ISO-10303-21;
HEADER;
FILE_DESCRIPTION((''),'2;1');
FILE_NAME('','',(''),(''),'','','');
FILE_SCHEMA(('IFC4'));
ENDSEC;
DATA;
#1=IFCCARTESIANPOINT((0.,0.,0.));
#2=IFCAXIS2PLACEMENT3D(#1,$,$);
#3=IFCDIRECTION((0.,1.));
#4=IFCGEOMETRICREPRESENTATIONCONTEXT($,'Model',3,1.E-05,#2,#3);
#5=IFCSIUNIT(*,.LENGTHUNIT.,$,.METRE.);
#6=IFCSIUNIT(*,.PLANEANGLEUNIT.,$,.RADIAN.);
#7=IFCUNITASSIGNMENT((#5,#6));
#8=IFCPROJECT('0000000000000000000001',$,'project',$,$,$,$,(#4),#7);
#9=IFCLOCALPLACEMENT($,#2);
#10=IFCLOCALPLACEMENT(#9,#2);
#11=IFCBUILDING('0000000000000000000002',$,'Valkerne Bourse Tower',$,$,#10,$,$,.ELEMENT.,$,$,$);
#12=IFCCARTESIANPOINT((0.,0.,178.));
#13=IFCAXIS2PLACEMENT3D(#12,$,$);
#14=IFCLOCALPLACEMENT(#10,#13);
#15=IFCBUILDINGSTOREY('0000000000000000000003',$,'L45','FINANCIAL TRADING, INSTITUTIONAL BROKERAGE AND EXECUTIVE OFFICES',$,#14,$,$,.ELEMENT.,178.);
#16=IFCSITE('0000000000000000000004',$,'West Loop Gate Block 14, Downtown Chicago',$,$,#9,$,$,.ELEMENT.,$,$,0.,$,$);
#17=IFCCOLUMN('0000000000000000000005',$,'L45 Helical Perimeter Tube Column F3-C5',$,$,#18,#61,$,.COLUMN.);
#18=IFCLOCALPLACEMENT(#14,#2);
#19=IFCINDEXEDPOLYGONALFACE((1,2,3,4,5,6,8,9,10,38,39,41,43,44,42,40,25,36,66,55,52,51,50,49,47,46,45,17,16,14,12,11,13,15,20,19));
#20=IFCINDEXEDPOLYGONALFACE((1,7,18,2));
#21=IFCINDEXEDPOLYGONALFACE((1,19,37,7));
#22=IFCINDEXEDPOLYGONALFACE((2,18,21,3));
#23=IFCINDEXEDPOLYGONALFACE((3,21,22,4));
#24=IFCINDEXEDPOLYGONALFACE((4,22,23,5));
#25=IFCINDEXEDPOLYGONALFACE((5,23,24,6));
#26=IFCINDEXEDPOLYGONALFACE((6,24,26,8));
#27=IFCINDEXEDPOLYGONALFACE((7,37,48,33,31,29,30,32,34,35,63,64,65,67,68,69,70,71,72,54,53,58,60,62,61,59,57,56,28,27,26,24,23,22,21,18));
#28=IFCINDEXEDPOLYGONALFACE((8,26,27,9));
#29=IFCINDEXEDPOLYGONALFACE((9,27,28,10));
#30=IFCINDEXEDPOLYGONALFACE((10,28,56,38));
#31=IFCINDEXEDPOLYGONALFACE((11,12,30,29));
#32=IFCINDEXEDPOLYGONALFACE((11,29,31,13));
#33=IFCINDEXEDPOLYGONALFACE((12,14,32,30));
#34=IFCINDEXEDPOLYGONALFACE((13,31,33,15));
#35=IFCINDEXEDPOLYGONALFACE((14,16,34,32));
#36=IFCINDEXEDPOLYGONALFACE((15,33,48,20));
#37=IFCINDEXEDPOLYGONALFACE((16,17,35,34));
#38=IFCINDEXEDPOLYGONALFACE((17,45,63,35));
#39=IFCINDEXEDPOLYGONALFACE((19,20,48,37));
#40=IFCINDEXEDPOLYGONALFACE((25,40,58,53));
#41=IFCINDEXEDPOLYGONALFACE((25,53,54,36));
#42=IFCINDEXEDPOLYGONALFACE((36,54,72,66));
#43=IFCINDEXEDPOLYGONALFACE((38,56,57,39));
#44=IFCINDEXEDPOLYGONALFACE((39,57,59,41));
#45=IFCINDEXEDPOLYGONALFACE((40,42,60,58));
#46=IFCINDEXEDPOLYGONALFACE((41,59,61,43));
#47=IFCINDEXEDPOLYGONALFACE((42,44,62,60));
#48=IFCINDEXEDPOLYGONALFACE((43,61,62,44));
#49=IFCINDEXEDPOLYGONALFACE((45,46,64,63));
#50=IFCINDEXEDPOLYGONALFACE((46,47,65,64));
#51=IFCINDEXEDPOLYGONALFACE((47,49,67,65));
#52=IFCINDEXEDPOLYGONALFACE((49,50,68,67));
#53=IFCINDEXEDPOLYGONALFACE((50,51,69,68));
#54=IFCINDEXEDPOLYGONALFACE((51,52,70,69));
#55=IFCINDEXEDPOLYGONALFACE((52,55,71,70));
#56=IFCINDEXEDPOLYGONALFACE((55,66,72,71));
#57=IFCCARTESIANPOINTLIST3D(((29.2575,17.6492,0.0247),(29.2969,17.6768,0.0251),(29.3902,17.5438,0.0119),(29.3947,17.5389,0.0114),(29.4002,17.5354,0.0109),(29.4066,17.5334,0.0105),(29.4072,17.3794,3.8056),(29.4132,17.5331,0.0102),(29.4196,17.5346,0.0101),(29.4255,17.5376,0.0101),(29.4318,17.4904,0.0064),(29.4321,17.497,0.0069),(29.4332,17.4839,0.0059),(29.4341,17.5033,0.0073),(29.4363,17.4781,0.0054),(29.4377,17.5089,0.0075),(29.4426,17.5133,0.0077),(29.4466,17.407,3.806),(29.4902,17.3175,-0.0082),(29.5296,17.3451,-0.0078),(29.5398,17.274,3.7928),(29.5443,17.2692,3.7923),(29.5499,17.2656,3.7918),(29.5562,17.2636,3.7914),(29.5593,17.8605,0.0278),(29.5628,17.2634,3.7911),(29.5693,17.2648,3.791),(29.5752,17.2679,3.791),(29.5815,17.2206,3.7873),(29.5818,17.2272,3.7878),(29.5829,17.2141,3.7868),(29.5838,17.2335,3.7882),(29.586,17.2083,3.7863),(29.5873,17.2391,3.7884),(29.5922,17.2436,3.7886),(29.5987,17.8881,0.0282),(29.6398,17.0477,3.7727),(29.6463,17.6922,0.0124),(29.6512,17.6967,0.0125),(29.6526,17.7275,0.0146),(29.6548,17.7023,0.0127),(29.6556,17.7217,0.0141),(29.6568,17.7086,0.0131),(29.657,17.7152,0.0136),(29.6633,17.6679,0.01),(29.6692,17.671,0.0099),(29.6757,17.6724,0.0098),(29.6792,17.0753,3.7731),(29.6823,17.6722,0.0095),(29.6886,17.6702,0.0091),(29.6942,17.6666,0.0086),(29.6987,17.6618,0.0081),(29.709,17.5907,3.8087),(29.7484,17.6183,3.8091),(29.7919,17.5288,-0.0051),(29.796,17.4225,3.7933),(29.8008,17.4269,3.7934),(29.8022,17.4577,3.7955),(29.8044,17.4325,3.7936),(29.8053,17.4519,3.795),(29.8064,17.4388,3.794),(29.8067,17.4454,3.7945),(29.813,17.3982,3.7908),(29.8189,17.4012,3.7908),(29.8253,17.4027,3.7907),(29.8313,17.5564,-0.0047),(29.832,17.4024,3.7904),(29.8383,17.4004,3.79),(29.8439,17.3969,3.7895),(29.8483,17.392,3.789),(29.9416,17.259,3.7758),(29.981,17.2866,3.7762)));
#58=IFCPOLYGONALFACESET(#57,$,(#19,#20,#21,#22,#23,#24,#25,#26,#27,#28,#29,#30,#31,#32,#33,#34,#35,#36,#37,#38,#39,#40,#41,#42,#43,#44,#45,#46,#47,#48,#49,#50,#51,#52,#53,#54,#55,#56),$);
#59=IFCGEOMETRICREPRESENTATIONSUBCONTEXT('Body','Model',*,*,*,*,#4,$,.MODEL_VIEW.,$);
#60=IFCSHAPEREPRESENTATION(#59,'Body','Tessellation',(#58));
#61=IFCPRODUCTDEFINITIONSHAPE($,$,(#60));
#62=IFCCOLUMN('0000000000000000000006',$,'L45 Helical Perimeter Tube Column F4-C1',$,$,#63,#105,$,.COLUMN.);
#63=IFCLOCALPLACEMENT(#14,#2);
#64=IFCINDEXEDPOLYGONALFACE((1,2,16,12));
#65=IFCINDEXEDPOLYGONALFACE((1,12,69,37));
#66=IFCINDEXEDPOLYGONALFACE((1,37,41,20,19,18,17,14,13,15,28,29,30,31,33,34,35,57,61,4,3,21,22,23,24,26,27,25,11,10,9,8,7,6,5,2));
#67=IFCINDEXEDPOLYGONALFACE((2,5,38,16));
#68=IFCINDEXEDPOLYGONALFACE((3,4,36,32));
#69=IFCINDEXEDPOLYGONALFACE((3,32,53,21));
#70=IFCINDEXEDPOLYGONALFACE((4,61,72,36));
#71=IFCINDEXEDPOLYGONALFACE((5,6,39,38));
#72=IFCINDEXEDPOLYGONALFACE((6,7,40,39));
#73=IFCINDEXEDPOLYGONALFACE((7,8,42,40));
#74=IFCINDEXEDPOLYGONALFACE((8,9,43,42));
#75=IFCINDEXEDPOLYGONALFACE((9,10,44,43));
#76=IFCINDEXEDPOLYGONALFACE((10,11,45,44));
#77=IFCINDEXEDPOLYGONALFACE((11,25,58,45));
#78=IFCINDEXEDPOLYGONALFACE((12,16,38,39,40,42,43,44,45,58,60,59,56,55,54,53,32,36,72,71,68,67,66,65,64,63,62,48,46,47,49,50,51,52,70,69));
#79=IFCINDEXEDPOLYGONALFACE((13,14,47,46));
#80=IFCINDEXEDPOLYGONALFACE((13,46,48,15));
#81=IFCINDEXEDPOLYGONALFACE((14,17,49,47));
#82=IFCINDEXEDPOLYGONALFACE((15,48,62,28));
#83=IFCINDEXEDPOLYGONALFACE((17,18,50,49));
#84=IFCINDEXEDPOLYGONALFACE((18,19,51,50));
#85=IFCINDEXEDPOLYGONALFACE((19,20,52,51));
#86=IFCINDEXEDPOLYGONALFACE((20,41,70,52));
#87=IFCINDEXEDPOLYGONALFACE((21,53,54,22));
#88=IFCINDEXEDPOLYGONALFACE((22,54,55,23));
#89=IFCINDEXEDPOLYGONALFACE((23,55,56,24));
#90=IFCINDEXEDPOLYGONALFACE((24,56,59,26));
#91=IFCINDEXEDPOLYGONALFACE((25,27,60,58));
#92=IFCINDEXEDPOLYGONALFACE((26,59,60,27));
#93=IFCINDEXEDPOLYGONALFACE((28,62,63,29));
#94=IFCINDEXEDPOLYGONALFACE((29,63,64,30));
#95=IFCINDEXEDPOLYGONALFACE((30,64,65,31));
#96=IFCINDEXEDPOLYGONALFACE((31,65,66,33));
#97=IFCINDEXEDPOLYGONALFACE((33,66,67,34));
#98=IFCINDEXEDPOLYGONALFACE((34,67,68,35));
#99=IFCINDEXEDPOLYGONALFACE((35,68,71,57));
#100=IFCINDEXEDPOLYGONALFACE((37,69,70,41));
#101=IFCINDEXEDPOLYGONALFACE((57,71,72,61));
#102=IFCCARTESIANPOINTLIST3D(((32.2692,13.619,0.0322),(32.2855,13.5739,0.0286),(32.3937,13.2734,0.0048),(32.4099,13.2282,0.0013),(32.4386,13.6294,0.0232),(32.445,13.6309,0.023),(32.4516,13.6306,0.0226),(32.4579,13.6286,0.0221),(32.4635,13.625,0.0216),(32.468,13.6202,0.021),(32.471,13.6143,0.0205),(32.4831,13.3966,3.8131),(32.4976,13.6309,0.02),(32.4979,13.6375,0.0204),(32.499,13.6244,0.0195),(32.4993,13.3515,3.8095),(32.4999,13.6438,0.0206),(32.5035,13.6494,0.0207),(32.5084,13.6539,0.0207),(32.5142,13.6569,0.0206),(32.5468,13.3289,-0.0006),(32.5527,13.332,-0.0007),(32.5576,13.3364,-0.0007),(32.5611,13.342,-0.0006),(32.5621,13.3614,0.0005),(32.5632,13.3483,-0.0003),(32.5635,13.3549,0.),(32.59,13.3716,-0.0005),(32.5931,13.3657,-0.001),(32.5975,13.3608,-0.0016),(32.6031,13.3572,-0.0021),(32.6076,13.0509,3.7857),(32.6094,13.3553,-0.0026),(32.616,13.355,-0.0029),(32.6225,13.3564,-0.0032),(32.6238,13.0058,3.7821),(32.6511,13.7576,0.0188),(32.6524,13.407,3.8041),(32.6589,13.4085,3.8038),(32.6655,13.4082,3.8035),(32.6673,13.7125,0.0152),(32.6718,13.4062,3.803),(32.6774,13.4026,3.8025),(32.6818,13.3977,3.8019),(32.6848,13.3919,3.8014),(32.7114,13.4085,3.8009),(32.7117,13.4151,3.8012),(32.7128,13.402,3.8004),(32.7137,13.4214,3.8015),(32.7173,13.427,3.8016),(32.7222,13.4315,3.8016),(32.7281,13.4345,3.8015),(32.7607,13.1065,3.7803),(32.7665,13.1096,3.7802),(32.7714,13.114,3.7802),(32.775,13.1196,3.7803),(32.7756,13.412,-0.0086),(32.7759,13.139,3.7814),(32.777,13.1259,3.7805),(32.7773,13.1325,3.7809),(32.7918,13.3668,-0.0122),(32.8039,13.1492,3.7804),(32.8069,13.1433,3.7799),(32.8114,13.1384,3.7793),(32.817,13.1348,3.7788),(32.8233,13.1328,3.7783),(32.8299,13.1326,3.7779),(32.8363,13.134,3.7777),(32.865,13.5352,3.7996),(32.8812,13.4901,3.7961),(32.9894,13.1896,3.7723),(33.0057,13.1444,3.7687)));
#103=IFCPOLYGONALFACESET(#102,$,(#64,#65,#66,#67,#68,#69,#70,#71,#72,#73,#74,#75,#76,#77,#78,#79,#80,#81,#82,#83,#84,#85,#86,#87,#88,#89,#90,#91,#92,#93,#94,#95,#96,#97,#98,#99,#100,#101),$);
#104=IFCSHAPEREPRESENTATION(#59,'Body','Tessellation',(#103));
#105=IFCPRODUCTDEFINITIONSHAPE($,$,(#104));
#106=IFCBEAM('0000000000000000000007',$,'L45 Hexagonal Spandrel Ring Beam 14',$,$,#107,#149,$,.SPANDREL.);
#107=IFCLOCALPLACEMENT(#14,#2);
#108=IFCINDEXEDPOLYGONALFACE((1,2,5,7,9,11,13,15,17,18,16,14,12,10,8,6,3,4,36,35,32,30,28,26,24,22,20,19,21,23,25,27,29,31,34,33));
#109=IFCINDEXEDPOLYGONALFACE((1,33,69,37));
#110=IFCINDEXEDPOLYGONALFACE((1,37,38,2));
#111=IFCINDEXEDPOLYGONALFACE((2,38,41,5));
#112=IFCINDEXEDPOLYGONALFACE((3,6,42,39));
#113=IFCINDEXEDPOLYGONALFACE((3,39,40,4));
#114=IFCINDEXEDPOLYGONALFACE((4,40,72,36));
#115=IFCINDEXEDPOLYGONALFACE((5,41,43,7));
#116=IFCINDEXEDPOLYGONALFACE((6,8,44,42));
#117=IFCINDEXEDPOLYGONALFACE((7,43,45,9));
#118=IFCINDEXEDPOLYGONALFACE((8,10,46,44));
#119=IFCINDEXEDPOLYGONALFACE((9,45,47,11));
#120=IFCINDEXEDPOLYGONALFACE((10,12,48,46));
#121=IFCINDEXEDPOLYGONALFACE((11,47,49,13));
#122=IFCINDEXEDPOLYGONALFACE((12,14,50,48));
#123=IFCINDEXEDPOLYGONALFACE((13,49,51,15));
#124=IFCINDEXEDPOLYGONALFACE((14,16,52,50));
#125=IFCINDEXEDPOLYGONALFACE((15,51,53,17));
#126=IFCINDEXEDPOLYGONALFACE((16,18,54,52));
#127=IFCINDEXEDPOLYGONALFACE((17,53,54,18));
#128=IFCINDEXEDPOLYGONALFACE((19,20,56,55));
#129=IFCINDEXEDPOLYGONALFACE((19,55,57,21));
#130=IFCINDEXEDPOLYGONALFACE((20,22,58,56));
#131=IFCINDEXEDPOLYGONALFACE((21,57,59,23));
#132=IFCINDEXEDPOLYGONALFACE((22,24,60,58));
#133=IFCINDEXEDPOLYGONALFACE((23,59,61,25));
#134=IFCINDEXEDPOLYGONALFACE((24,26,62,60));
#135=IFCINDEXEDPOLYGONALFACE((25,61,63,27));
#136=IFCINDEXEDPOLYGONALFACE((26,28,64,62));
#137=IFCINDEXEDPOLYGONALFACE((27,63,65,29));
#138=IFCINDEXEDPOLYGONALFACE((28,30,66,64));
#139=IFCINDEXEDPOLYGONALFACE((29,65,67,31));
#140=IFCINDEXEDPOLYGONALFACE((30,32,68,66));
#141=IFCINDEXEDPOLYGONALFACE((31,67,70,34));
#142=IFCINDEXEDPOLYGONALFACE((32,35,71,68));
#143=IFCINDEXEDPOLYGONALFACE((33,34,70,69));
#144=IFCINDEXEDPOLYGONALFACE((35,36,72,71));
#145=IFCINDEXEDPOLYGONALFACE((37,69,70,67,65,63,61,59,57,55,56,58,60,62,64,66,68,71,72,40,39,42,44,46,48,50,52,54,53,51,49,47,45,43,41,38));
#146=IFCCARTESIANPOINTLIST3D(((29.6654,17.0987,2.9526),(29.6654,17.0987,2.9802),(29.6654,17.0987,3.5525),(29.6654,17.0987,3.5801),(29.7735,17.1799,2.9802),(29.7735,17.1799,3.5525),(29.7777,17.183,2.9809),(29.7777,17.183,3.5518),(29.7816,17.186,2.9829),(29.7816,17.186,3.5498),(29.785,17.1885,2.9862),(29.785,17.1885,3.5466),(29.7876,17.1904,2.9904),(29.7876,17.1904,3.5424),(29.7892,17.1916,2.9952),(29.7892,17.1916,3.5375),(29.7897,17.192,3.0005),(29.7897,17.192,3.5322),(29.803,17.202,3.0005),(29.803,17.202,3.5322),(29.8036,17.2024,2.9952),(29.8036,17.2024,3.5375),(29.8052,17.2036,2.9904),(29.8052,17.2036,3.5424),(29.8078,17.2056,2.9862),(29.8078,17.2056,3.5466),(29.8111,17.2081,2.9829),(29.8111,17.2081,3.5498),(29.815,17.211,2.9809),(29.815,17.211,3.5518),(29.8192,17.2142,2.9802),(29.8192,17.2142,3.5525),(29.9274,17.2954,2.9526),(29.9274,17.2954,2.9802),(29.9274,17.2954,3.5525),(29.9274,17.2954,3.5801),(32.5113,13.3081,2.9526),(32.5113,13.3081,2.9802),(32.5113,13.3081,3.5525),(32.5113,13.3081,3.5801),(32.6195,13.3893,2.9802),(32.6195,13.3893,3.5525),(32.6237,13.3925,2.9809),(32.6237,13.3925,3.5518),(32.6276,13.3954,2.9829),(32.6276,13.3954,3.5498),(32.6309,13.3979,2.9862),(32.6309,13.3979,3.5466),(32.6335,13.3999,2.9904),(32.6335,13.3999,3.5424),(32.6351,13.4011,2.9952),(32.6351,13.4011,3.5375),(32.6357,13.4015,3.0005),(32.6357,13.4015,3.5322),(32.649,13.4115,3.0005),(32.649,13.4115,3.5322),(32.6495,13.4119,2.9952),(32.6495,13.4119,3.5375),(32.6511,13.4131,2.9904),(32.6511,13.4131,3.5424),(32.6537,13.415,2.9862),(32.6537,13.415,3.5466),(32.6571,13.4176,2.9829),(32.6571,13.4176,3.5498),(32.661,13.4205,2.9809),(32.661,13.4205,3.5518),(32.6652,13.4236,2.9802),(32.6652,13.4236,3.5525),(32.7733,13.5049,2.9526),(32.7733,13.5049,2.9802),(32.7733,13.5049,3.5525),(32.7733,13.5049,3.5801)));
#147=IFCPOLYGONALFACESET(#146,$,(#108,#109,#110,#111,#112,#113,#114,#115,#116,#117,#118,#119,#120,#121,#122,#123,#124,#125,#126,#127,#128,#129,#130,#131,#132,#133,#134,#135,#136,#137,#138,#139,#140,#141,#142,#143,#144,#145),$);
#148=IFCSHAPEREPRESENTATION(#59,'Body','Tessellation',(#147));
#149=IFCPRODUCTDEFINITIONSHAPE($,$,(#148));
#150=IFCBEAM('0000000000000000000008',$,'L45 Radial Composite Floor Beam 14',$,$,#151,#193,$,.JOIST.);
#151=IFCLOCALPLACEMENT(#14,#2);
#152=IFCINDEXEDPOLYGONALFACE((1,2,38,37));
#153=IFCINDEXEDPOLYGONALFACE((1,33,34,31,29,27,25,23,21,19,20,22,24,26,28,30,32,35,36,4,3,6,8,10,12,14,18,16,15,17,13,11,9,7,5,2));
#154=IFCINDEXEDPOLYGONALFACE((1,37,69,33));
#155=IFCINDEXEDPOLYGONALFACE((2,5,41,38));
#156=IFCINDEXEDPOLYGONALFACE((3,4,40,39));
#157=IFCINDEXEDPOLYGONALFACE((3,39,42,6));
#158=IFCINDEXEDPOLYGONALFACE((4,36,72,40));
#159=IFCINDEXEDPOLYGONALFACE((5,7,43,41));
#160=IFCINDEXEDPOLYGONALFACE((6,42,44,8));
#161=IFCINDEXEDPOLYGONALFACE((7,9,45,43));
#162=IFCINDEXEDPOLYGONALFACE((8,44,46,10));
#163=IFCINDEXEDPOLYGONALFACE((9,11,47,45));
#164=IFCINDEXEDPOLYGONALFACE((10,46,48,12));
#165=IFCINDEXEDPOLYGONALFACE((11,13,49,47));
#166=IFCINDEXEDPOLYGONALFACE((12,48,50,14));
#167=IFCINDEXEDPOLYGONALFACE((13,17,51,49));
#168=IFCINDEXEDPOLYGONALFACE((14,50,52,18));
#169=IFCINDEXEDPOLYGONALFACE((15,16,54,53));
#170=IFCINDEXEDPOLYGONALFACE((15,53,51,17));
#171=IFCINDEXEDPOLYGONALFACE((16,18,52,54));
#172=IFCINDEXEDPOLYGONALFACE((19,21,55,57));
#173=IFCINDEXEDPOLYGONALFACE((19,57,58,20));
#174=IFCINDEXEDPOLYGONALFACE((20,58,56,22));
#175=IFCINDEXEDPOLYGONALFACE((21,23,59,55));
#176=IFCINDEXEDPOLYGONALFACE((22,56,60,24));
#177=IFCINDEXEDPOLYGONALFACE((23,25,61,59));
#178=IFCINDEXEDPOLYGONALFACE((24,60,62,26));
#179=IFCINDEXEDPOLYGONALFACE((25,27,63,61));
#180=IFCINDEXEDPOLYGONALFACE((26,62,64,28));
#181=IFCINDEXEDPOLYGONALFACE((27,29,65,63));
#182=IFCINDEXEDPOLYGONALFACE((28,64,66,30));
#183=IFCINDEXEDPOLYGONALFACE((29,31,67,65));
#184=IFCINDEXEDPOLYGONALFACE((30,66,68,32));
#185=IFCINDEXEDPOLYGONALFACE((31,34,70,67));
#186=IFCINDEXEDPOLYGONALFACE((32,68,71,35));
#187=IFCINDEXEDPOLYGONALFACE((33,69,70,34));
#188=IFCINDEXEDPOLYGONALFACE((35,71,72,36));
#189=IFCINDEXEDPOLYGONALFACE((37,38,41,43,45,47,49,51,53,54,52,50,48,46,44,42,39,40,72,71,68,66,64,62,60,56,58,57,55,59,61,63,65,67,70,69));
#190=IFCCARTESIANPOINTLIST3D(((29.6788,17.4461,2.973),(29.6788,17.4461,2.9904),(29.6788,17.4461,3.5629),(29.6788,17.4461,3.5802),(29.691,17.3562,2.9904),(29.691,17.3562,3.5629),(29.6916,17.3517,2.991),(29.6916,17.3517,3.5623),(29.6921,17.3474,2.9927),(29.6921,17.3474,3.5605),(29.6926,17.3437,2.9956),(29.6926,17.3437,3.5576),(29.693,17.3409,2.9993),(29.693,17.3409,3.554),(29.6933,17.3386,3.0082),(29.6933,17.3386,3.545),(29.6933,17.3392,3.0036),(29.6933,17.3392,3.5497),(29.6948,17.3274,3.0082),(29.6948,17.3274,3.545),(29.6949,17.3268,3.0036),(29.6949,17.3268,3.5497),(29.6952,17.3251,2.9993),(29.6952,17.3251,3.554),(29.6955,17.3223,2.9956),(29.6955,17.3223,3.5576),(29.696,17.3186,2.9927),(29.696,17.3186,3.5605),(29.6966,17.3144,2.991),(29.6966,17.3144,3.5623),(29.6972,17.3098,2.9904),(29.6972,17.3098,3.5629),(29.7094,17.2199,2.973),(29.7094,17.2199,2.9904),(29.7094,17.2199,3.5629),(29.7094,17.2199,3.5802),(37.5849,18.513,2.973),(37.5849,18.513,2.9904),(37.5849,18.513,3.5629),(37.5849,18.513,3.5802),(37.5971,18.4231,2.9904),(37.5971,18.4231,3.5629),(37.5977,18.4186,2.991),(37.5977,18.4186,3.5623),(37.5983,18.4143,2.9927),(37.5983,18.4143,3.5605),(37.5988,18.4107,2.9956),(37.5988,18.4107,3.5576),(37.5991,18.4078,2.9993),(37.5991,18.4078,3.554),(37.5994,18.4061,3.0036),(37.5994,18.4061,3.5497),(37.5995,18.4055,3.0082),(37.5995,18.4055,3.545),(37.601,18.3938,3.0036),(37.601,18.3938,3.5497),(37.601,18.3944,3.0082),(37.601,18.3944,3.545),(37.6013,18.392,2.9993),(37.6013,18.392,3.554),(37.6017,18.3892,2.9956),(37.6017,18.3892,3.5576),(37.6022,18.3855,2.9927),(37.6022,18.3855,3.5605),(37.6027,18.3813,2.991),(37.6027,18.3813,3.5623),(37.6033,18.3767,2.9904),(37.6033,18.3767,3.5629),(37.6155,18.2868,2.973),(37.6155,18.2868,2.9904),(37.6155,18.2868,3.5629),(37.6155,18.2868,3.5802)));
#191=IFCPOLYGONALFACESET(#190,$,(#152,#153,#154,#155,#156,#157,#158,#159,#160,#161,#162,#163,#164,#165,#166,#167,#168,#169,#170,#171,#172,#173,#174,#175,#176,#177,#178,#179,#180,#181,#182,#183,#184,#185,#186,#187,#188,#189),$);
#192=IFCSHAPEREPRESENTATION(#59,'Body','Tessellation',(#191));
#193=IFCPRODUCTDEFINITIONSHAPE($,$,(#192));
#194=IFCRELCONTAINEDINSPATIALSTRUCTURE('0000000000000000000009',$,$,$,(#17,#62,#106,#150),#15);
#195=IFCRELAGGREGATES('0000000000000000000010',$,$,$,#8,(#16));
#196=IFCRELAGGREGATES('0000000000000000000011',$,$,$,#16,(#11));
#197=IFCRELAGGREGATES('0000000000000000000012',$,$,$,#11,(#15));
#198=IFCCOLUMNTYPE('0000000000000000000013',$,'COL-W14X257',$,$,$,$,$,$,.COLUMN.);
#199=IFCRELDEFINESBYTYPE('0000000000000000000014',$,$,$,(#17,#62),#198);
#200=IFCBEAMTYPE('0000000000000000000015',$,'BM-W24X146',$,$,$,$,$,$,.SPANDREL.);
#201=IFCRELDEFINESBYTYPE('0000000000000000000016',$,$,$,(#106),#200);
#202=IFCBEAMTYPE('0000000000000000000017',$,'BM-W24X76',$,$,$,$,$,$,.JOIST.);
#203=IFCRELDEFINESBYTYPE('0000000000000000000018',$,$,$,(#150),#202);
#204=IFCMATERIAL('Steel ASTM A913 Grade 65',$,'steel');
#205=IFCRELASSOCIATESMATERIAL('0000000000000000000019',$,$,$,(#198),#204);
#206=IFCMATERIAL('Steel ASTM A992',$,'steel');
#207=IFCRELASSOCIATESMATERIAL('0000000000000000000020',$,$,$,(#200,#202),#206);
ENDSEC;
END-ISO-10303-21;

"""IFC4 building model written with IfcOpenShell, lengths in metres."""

from ifc_helpers import new_model, si_unit, direction, frame, origin, origin_2d, place, context, subcontext, project, spatial, i_section, extrude, material, material_profile, profile_set, type_object, element, save


model = new_model("IFC4")

# Units and contexts
model_context = context("Model", 3, precision=1e-05, world=origin(), true_north=direction((0.0, 1.0)))
body_context = subcontext(model_context, "Body", "Model", "MODEL_VIEW")
ifc_project = project(units=[si_unit("LENGTHUNIT", "METRE"), si_unit("PLANEANGLEUNIT", "RADIAN")], contexts=[model_context])

# Site, building, storey
site_placement = place(None, origin())
site = spatial("IfcSite", under=ifc_project, at=site_placement, Name="West Loop Gate Block 14, Downtown Chicago", CompositionType="ELEMENT", RefElevation=0.0)
building_placement = place(site_placement, origin())
building = spatial("IfcBuilding", under=site, at=building_placement, Name="Valkerne Bourse Tower", CompositionType="ELEMENT")
storey_placement = place(building_placement, frame((0.0, 0.0, 178.0)))
storey = spatial("IfcBuildingStorey", under=building, at=storey_placement, Name="L45", Description="FINANCIAL TRADING, INSTITUTIONAL BROKERAGE AND EXECUTIVE OFFICES", CompositionType="ELEMENT", Elevation=178.0)

# Columns
ifc_material_1 = material(Name="Steel ASTM A913 Grade 65", Category="steel")
ifc_material_profile_1 = material_profile(ifc_material_1, i_section(OverallWidth=0.4065, OverallDepth=0.4165, WebThickness=0.0298, FlangeThickness=0.0481, FilletRadius=0.0254, at=origin_2d()), Name="W14X257")
ifc_profile_set_1 = profile_set([ifc_material_profile_1], Name="Steel ASTM A913 Grade 65")
column_type = type_object("IfcColumnType", Name="COL-W14X257", PredefinedType="COLUMN", material=ifc_profile_set_1)
for number, where, z_axis, x_axis, name in (
    (1, (29.5444, 17.6028, 0.01), (0.03945, -0.071114, 0.996688), (0.572255, -0.816078, -0.080878), "L45 Helical Perimeter Tube Column F3-C5"),
    (2, (32.5305, 13.4929, 0.01), (0.056376, -0.058629, 0.996687), (0.939485, 0.340989, -0.033082), "L45 Helical Perimeter Tube Column F4-C1"),
):
    element("IfcColumn", number, at=place(storey_placement, frame(where, z_axis=z_axis, x_axis=x_axis)), inside=storey, type_object=column_type, Name=name, PredefinedType="COLUMN", context=body_context, shape_type="SweptSolid", body=[
        extrude(i_section(OverallWidth=0.4065, OverallDepth=0.4165, WebThickness=0.0298, FlangeThickness=0.0481, FilletRadius=0.0254, at=origin_2d()), origin(), (0.0, 0.0, 1.0), 3.7935),
    ])

# Beams
ifc_material_2 = material(Name="Steel ASTM A992", Category="steel")
ifc_material_profile_2 = material_profile(ifc_material_2, i_section(OverallWidth=0.3276, OverallDepth=0.6274, WebThickness=0.0166, FlangeThickness=0.0276, FilletRadius=0.0203, at=origin_2d()), Name="W24X146")
ifc_profile_set_2 = profile_set([ifc_material_profile_2], Name="Steel ASTM A992")
beam_type_1 = type_object("IfcBeamType", Name="BM-W24X146", PredefinedType="SPANDREL", material=ifc_profile_set_2)
beam_1_placement = place(storey_placement, frame((29.7964, 17.197, 3.2664), z_axis=(0.600412, -0.799691, 0.0), x_axis=(0.799691, 0.600412, 0.0)))
element("IfcBeam", 3, at=beam_1_placement, inside=storey, type_object=beam_type_1, Name="L45 Hexagonal Spandrel Ring Beam 14", PredefinedType="SPANDREL", context=body_context, shape_type="SweptSolid", body=[
    extrude(i_section(OverallWidth=0.3276, OverallDepth=0.6274, WebThickness=0.0166, FlangeThickness=0.0276, FilletRadius=0.0203, at=origin_2d()), origin(), (0.0, 0.0, 1.0), 4.74),
])
ifc_material_profile_3 = material_profile(ifc_material_2, i_section(OverallWidth=0.2283, OverallDepth=0.6072, WebThickness=0.0112, FlangeThickness=0.0173, FilletRadius=0.0178, at=origin_2d()), Name="W24X76")
ifc_profile_set_3 = profile_set([ifc_material_profile_3], Name="Steel ASTM A992")
beam_type_2 = type_object("IfcBeamType", Name="BM-W24X76", PredefinedType="JOIST", material=ifc_profile_set_3)
beam_2_placement = place(storey_placement, frame((29.6941, 17.333, 3.2766), z_axis=(0.991017, 0.133735, 0.0), x_axis=(-0.133735, 0.991017, 0.0)))
element("IfcBeam", 4, at=beam_2_placement, inside=storey, type_object=beam_type_2, Name="L45 Radial Composite Floor Beam 14", PredefinedType="JOIST", context=body_context, shape_type="SweptSolid", body=[
    extrude(i_section(OverallWidth=0.2283, OverallDepth=0.6072, WebThickness=0.0112, FlangeThickness=0.0173, FilletRadius=0.0178, at=origin_2d()), origin(), (0.0, 0.0, 1.0), 7.9778),
])

save(model, "model.ifc")
